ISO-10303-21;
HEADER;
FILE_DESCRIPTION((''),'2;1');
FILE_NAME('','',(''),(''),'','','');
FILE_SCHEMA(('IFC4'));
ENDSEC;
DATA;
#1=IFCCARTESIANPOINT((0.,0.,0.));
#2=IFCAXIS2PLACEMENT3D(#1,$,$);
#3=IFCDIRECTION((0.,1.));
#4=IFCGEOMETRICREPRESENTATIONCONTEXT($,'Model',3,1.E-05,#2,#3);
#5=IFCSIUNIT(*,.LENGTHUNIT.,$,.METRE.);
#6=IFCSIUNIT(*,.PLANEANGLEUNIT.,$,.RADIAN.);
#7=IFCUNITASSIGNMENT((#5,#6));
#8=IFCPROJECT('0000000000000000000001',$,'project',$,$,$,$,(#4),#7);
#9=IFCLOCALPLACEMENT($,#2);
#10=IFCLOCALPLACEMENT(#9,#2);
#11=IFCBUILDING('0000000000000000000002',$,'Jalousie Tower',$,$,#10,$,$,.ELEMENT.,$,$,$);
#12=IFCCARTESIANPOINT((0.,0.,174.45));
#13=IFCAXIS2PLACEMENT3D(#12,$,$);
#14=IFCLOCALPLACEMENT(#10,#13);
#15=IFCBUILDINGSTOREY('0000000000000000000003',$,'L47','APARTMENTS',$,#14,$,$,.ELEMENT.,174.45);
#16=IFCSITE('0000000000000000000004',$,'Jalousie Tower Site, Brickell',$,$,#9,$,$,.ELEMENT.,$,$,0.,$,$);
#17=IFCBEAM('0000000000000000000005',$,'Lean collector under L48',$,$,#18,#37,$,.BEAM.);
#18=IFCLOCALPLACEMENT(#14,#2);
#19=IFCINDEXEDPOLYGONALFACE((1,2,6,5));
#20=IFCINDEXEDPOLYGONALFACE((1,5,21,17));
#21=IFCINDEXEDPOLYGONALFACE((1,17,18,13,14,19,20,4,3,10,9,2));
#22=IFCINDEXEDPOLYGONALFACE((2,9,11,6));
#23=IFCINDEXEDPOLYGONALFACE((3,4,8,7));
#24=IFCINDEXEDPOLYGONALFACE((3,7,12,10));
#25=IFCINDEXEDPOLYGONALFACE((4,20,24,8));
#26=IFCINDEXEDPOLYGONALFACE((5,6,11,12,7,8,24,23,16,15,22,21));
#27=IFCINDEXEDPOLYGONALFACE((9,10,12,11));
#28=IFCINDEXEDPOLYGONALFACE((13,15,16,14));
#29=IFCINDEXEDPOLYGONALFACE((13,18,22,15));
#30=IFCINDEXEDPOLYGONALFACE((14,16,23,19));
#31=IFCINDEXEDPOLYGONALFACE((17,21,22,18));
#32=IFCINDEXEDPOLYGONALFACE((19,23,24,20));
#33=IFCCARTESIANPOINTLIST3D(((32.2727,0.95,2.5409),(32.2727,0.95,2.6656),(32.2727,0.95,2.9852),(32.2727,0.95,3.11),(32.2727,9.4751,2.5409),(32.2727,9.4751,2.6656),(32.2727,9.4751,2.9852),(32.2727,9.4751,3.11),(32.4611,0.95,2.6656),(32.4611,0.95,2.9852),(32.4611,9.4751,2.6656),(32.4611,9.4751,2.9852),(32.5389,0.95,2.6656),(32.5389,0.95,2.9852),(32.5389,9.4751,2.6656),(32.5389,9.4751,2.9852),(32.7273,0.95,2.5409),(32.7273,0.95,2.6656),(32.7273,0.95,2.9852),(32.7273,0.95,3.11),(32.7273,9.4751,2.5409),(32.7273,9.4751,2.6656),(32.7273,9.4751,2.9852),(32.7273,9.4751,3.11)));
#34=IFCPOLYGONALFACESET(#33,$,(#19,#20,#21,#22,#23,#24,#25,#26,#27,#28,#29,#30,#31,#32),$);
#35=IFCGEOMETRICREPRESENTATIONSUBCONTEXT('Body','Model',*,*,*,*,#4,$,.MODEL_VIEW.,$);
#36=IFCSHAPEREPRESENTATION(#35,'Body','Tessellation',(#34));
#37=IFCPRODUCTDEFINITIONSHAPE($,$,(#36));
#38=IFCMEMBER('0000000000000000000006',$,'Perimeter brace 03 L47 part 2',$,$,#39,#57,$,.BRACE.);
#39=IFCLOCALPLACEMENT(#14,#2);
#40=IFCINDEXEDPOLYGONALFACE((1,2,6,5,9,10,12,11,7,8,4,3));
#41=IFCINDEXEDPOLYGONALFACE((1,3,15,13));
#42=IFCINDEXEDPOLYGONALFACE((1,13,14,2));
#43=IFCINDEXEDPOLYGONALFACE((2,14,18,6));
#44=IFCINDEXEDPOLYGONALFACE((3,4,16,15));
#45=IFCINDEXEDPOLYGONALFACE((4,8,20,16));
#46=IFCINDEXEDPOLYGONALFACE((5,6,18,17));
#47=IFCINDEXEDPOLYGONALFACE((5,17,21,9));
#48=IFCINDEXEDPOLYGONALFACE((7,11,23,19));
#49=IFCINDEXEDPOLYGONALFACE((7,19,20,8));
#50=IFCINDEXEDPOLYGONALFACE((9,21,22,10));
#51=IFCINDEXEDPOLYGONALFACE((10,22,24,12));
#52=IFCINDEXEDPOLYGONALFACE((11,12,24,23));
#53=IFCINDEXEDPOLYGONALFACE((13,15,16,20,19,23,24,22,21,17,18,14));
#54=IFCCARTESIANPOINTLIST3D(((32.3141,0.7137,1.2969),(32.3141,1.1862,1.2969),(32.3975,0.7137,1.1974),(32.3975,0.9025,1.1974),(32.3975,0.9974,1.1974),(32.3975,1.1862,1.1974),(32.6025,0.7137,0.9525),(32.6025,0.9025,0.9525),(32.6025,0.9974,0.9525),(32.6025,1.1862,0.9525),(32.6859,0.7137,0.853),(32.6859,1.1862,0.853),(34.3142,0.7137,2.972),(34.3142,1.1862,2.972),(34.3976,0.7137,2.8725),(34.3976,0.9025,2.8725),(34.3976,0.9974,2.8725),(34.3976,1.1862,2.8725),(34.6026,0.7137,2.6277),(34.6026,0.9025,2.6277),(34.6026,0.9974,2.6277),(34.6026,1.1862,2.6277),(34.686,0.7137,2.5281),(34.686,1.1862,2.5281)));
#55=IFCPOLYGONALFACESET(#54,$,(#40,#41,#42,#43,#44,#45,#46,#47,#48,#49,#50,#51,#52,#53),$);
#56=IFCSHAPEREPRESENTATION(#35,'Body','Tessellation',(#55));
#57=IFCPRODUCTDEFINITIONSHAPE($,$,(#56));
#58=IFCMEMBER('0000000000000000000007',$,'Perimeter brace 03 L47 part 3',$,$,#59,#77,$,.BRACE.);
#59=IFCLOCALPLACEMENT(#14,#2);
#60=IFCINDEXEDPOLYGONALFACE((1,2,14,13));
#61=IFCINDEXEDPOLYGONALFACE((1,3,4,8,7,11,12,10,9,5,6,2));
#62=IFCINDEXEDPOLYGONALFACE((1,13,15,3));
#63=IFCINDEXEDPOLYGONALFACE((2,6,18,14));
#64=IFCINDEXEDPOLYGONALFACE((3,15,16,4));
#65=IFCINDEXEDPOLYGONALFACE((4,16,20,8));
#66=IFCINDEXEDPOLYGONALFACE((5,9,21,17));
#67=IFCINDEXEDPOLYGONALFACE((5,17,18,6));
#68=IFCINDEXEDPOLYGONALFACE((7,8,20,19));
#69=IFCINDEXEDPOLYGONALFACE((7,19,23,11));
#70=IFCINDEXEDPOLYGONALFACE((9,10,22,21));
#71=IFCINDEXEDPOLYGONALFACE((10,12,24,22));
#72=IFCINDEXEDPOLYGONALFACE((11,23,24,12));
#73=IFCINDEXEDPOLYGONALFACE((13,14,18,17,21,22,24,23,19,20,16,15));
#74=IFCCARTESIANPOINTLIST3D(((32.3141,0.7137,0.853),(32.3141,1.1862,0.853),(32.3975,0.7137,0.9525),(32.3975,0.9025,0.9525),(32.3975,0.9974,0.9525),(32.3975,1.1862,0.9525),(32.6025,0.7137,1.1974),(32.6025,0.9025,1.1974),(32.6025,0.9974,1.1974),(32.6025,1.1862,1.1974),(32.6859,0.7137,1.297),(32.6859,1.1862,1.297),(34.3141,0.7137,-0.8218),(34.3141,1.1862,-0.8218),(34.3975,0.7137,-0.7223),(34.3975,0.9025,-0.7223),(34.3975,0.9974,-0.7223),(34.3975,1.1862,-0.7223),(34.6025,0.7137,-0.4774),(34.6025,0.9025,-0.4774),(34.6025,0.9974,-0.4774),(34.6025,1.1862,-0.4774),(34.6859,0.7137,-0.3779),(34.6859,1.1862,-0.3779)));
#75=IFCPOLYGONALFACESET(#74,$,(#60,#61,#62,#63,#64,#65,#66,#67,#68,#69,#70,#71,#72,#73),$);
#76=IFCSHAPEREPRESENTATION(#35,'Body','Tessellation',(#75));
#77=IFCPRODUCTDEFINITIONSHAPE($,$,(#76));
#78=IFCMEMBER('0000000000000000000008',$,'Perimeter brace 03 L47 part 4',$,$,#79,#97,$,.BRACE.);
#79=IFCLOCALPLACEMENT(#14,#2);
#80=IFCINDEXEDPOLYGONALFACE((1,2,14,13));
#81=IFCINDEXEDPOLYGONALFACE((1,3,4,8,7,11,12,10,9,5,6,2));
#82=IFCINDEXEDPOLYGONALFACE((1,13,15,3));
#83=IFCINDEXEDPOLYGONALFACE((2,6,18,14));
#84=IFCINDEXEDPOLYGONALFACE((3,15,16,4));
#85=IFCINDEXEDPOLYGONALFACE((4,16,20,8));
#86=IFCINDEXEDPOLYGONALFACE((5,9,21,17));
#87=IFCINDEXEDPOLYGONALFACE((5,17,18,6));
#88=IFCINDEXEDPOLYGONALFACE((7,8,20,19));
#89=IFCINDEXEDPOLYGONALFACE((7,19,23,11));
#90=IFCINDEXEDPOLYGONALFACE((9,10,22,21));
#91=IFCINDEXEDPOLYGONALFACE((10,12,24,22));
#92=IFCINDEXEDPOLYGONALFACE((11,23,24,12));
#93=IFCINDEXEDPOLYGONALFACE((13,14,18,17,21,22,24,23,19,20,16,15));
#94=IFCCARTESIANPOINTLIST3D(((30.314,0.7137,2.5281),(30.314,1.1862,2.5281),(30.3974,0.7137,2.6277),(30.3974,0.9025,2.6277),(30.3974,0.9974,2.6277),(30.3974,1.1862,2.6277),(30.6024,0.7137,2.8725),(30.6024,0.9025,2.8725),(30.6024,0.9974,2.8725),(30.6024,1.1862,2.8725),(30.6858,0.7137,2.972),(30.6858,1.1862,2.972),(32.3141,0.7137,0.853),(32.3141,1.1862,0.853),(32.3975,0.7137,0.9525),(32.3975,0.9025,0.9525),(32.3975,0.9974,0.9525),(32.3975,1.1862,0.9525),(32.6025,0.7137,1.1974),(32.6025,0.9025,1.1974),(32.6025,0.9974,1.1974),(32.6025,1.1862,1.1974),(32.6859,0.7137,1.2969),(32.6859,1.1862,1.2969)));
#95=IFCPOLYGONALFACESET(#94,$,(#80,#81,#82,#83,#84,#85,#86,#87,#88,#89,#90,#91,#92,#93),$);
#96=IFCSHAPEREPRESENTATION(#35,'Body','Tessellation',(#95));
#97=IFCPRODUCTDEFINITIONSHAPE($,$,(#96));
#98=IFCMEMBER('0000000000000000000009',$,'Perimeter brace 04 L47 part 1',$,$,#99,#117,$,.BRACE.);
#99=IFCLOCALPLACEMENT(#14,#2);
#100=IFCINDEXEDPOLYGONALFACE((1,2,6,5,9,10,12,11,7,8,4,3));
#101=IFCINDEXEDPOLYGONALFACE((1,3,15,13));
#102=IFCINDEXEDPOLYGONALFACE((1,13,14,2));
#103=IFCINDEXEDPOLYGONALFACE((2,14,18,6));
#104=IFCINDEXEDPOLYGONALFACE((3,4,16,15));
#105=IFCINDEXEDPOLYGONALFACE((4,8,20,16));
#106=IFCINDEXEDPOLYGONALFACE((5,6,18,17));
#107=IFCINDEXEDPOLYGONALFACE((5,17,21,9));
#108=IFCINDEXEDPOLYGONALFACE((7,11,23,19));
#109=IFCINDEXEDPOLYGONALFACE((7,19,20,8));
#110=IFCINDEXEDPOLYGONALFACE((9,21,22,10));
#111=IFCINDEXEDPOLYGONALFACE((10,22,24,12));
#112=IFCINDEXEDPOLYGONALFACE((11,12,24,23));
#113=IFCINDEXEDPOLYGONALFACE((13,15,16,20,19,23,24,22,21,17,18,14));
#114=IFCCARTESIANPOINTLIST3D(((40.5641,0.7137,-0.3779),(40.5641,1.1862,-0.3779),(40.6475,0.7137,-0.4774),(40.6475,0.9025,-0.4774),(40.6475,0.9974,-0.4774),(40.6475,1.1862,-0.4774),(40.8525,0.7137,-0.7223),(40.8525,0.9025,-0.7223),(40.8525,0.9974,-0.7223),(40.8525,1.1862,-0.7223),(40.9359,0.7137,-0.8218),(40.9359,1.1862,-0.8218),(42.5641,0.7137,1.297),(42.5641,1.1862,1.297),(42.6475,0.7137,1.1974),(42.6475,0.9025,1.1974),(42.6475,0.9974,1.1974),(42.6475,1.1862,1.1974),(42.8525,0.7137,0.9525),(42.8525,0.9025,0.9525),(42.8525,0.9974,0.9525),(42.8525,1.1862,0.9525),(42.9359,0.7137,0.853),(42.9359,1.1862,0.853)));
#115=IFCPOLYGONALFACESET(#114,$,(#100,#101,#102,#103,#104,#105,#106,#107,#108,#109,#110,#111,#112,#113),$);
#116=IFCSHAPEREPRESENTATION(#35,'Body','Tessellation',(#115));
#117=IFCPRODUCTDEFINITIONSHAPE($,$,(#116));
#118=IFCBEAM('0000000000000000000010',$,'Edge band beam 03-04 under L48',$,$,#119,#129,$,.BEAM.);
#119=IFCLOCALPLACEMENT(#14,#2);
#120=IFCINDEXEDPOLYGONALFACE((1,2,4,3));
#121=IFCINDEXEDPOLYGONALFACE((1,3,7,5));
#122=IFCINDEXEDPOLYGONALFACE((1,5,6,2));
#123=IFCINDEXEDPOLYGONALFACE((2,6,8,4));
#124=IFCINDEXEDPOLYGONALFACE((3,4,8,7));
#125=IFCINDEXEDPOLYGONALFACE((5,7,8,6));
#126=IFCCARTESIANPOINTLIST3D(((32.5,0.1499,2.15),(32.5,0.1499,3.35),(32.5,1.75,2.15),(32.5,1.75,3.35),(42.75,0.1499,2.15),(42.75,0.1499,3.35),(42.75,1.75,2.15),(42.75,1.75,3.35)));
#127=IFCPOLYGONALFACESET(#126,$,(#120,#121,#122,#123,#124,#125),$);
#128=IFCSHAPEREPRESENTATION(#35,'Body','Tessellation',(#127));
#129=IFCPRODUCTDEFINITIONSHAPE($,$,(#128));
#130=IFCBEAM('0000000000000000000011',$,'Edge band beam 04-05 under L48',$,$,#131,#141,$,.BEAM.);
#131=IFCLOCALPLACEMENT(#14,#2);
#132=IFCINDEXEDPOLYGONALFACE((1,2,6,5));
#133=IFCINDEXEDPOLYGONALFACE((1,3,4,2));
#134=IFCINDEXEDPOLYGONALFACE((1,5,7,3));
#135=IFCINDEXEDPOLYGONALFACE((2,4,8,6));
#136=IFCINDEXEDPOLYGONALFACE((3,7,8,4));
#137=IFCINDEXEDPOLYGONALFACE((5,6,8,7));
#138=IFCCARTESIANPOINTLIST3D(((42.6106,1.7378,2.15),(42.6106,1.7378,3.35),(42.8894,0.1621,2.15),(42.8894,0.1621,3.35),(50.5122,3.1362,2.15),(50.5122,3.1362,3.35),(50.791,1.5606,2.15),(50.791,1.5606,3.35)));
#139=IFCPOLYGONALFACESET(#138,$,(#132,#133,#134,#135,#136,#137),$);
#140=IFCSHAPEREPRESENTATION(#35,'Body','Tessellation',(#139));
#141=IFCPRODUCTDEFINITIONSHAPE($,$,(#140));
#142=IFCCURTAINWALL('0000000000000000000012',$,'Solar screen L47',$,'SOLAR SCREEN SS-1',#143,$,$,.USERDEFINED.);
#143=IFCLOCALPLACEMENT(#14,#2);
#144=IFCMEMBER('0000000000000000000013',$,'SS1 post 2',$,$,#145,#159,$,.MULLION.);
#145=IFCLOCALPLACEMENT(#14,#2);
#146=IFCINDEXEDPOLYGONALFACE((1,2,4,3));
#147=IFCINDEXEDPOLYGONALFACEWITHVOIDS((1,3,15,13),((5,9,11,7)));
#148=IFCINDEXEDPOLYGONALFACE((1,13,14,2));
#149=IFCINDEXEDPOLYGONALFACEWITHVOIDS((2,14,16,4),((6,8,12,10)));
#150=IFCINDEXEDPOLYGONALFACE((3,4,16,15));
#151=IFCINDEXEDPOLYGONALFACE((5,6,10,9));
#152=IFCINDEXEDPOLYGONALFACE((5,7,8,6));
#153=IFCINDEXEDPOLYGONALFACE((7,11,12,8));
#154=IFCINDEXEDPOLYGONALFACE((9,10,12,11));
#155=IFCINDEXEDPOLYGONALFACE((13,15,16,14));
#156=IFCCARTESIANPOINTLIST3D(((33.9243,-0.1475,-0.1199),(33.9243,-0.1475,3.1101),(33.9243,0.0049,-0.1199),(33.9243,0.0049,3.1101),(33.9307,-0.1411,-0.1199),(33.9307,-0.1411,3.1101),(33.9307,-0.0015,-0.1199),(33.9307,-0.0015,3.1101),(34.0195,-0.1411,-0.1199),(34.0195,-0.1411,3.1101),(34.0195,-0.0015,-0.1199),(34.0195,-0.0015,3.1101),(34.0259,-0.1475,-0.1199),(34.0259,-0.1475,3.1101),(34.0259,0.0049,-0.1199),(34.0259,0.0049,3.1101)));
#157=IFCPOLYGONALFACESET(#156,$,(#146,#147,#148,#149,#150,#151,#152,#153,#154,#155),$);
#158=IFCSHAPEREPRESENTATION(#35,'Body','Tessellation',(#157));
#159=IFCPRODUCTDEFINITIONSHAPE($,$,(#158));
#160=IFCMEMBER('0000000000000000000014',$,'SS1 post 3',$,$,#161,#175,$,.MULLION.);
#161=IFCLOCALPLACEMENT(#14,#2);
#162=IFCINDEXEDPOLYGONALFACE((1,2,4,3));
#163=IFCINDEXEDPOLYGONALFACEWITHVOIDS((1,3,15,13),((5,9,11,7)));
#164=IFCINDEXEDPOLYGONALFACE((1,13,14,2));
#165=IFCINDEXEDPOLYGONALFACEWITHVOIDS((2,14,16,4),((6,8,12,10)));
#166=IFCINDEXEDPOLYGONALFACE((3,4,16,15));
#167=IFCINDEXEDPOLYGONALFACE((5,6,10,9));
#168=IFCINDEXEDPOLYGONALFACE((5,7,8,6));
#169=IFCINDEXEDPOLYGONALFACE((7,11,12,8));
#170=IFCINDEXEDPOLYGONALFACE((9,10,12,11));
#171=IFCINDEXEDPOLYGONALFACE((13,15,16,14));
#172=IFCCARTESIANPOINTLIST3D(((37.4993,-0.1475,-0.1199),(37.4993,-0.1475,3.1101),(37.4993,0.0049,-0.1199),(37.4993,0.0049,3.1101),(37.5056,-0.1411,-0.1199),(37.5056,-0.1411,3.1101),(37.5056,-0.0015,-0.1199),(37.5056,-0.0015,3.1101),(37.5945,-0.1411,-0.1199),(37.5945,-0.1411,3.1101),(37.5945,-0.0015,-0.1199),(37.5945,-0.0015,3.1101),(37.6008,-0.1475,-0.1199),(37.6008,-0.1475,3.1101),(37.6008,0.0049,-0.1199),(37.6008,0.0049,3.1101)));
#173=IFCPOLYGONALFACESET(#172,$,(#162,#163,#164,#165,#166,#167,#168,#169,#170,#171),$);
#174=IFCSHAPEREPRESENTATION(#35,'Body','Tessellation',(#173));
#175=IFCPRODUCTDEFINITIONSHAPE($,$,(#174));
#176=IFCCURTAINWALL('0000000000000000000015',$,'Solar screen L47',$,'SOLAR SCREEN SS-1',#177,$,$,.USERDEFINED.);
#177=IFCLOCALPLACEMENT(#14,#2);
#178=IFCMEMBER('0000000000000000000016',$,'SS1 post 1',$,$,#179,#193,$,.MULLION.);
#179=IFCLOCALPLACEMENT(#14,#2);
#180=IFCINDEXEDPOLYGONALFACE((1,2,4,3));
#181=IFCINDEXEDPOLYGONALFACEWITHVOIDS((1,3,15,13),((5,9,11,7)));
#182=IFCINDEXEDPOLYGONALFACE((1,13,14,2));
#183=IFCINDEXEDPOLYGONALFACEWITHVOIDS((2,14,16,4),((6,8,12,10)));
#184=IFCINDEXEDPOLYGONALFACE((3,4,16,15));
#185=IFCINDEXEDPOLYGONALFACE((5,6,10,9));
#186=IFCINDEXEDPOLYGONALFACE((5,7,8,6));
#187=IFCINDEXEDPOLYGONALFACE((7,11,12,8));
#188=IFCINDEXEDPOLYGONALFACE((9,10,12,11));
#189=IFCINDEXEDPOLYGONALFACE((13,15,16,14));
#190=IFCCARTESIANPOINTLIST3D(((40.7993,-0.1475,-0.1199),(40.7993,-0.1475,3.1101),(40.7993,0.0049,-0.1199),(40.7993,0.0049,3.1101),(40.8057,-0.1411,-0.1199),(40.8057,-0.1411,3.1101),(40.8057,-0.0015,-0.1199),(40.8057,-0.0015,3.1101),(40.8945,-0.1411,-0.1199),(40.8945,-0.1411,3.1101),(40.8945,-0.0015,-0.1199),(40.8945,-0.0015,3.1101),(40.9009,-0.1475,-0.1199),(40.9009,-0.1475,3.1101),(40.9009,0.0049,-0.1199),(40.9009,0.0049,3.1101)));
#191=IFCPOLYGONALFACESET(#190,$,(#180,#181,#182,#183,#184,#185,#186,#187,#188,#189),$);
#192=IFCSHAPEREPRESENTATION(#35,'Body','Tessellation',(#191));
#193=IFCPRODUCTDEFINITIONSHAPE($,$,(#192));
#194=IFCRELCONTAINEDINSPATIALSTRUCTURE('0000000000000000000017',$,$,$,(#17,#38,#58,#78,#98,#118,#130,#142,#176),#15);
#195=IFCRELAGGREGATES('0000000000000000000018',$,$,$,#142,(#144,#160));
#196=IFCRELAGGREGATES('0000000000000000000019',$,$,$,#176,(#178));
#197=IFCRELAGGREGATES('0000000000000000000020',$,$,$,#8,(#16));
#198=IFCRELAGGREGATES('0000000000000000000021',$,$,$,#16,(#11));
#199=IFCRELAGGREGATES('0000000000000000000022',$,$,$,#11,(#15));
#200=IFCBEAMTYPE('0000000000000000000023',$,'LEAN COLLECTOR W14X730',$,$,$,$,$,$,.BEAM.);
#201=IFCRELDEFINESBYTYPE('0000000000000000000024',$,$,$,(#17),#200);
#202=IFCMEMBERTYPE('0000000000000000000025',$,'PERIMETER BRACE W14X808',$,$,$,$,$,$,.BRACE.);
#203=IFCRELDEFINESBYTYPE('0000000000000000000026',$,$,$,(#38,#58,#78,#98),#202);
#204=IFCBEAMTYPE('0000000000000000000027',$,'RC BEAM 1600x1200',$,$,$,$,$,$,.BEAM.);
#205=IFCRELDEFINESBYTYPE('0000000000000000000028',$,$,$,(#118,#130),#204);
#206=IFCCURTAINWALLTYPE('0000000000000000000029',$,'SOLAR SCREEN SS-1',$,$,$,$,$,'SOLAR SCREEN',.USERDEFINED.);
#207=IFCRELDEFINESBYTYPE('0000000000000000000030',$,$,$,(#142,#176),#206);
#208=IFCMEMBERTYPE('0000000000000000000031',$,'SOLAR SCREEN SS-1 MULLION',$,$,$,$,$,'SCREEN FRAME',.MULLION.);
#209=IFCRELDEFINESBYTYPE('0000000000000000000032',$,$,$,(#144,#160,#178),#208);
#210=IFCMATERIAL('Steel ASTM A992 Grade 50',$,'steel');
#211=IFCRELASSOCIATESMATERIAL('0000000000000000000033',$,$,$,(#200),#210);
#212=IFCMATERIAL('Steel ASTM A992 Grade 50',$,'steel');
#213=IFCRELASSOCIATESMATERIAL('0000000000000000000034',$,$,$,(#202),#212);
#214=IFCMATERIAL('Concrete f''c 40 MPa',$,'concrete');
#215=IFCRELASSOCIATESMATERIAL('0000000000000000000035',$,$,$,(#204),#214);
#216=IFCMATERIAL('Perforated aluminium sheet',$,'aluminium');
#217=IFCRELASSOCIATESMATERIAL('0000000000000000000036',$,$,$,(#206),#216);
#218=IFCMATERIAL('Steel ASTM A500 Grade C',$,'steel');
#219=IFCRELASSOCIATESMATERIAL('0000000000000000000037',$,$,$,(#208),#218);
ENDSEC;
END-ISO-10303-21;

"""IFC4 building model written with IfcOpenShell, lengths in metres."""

from ifc_helpers import new_model, si_unit, direction, frame, origin, origin_2d, place, context, subcontext, project, spatial, rectangle, hollow_rectangle, i_section, extrude, material, material_profile, profile_set, type_object, element, aggregate, save


model = new_model("IFC4")

# Units and contexts
model_context = context("Model", 3, precision=1e-05, world=origin(), true_north=direction((0.0, 1.0)))
body_context = subcontext(model_context, "Body", "Model", "MODEL_VIEW")
ifc_project = project(units=[si_unit("LENGTHUNIT", "METRE"), si_unit("PLANEANGLEUNIT", "RADIAN")], contexts=[model_context])

# Site, building, storey
site_placement = place(None, origin())
site = spatial("IfcSite", under=ifc_project, at=site_placement, Name="Jalousie Tower Site, Brickell", CompositionType="ELEMENT", RefElevation=0.0)
building_placement = place(site_placement, origin())
building = spatial("IfcBuilding", under=site, at=building_placement, Name="Jalousie Tower", CompositionType="ELEMENT")
storey_placement = place(building_placement, frame((0.0, 0.0, 174.45)))
storey = spatial("IfcBuildingStorey", under=building, at=storey_placement, Name="L47", Description="APARTMENTS", CompositionType="ELEMENT", Elevation=174.45)

# Beam
ifc_material_1 = material(Name="Steel ASTM A992 Grade 50", Category="steel")
ifc_material_profile_1 = material_profile(ifc_material_1, i_section(OverallWidth=0.4546, OverallDepth=0.5691, WebThickness=0.0779, FlangeThickness=0.1248, at=origin_2d()), Name="W14X730")
ifc_profile_set_1 = profile_set([ifc_material_profile_1], Name="Steel ASTM A992 Grade 50")
beam_type_1 = type_object("IfcBeamType", Name="LEAN COLLECTOR W14X730", PredefinedType="BEAM", material=ifc_profile_set_1)
beam_1_placement = place(storey_placement, frame((32.5, 0.95, 2.8254), z_axis=(0.0, 1.0, 0.0), x_axis=(-1.0, 0.0, 0.0)))
element("IfcBeam", 1, at=beam_1_placement, inside=storey, type_object=beam_type_1, Name="Lean collector under L48", PredefinedType="BEAM", context=body_context, shape_type="SweptSolid", body=[
    extrude(i_section(OverallWidth=0.4546, OverallDepth=0.5691, WebThickness=0.0779, FlangeThickness=0.1248, at=origin_2d()), origin(), (0.0, 0.0, 1.0), 8.5251),
])

# Members
ifc_material_2 = material(Name="Steel ASTM A992 Grade 50", Category="steel")
ifc_material_profile_2 = material_profile(ifc_material_2, i_section(OverallWidth=0.4724, OverallDepth=0.5791, WebThickness=0.095, FlangeThickness=0.1299, at=origin_2d()), Name="W14X808")
ifc_profile_set_2 = profile_set([ifc_material_profile_2], Name="Steel ASTM A992 Grade 50")
member_type_1 = type_object("IfcMemberType", Name="PERIMETER BRACE W14X808", PredefinedType="BRACE", material=ifc_profile_set_2)
member_1_placement = place(storey_placement, frame((32.5, 0.95, 1.075), z_axis=(0.766639, 0.0, 0.642079), x_axis=(0.0, 1.0, 0.0)))
element("IfcMember", 2, at=member_1_placement, inside=storey, type_object=member_type_1, Name="Perimeter brace 03 L47 part 2", PredefinedType="BRACE", context=body_context, shape_type="SweptSolid", body=[
    extrude(i_section(OverallWidth=0.4724, OverallDepth=0.5791, WebThickness=0.095, FlangeThickness=0.1299, at=origin_2d()), origin(), (0.0, 0.0, 1.0), 2.6089),
])
member_2_placement = place(storey_placement, frame((34.5, 0.95, -0.5999), z_axis=(-0.766685, 0.0, 0.642024), x_axis=(0.0, -1.0, 0.0)))
element("IfcMember", 3, at=member_2_placement, inside=storey, type_object=member_type_1, Name="Perimeter brace 03 L47 part 3", PredefinedType="BRACE", context=body_context, shape_type="SweptSolid", body=[
    extrude(i_section(OverallWidth=0.4724, OverallDepth=0.5791, WebThickness=0.095, FlangeThickness=0.1299, at=origin_2d()), origin(), (0.0, 0.0, 1.0), 2.6086),
])
member_3_placement = place(storey_placement, frame((32.5, 0.95, 1.075), z_axis=(-0.766639, 0.0, 0.642079), x_axis=(0.0, -1.0, 0.0)))
element("IfcMember", 4, at=member_3_placement, inside=storey, type_object=member_type_1, Name="Perimeter brace 03 L47 part 4", PredefinedType="BRACE", context=body_context, shape_type="SweptSolid", body=[
    extrude(i_section(OverallWidth=0.4724, OverallDepth=0.5791, WebThickness=0.095, FlangeThickness=0.1299, at=origin_2d()), origin(), (0.0, 0.0, 1.0), 2.6089),
])
member_4_placement = place(storey_placement, frame((40.75, 0.95, -0.5999), z_axis=(0.766685, 0.0, 0.642024), x_axis=(0.0, 1.0, 0.0)))
element("IfcMember", 5, at=member_4_placement, inside=storey, type_object=member_type_1, Name="Perimeter brace 04 L47 part 1", PredefinedType="BRACE", context=body_context, shape_type="SweptSolid", body=[
    extrude(i_section(OverallWidth=0.4724, OverallDepth=0.5791, WebThickness=0.095, FlangeThickness=0.1299, at=origin_2d()), origin(), (0.0, 0.0, 1.0), 2.6086),
])

# Beams
ifc_material_3 = material(Name="Concrete f'c 40 MPa", Category="concrete")
ifc_material_profile_3 = material_profile(ifc_material_3, rectangle(XDim=1.6001, YDim=1.2, at=origin_2d()), Name="RC 1600x1200")
ifc_profile_set_3 = profile_set([ifc_material_profile_3], Name="Concrete f'c 40 MPa")
beam_type_2 = type_object("IfcBeamType", Name="RC BEAM 1600x1200", PredefinedType="BEAM", material=ifc_profile_set_3)
beam_2_placement = place(storey_placement, frame((32.5, 0.95, 2.75), z_axis=(1.0, 0.0, 0.0), x_axis=(0.0, 1.0, 0.0)))
element("IfcBeam", 6, at=beam_2_placement, inside=storey, type_object=beam_type_2, Name="Edge band beam 03-04 under L48", PredefinedType="BEAM", context=body_context, shape_type="SweptSolid", body=[
    extrude(rectangle(XDim=1.6001, YDim=1.2, at=origin_2d()), origin(), (0.0, 0.0, 1.0), 10.25),
])
beam_3_placement = place(storey_placement, frame((42.75, 0.95, 2.75), z_axis=(0.984697, 0.174273, 0.0), x_axis=(-0.174273, 0.984697, 0.0)))
element("IfcBeam", 7, at=beam_3_placement, inside=storey, type_object=beam_type_2, Name="Edge band beam 04-05 under L48", PredefinedType="BEAM", context=body_context, shape_type="SweptSolid", body=[
    extrude(rectangle(XDim=1.6001, YDim=1.2, at=origin_2d()), origin(), (0.0, 0.0, 1.0), 8.0244),
])

# Curtain walls, members
ifc_material_4 = material(Name="Perforated aluminium sheet", Category="aluminium")
curtain_wall_type = type_object("IfcCurtainWallType", Name="SOLAR SCREEN SS-1", ElementType="SOLAR SCREEN", PredefinedType="USERDEFINED", material=ifc_material_4)
curtain_wall_1_placement = place(storey_placement, origin())
curtain_wall_1 = element("IfcCurtainWall", 8, at=curtain_wall_1_placement, inside=storey, type_object=curtain_wall_type, Name="Solar screen L47", ObjectType="SOLAR SCREEN SS-1", PredefinedType="USERDEFINED")
ifc_material_5 = material(Name="Steel ASTM A500 Grade C", Category="steel")
ifc_material_profile_4 = material_profile(ifc_material_5, hollow_rectangle(XDim=0.1016, YDim=0.1523, WallThickness=0.0063, at=origin_2d()), Name="HSS6X4X1/4")
ifc_profile_set_4 = profile_set([ifc_material_profile_4], Name="Steel ASTM A500 Grade C")
member_type_2 = type_object("IfcMemberType", Name="SOLAR SCREEN SS-1 MULLION", ElementType="SCREEN FRAME", PredefinedType="MULLION", material=ifc_profile_set_4)
member_5_placement = place(storey_placement, frame((33.9751, -0.0713, -0.1199), z_axis=(0.0, 0.0, 1.0), x_axis=(1.0, 0.0, 0.0)))
member_5 = element("IfcMember", 9, at=member_5_placement, type_object=member_type_2, Name="SS1 post 2", PredefinedType="MULLION", context=body_context, shape_type="SweptSolid", body=[
    extrude(hollow_rectangle(XDim=0.1016, YDim=0.1523, WallThickness=0.0063, at=origin_2d()), origin(), (0.0, 0.0, 1.0), 3.23),
])
member_6_placement = place(storey_placement, frame((37.55, -0.0713, -0.1199), z_axis=(0.0, 0.0, 1.0), x_axis=(1.0, 0.0, 0.0)))
member_6 = element("IfcMember", 10, at=member_6_placement, type_object=member_type_2, Name="SS1 post 3", PredefinedType="MULLION", context=body_context, shape_type="SweptSolid", body=[
    extrude(hollow_rectangle(XDim=0.1016, YDim=0.1523, WallThickness=0.0063, at=origin_2d()), origin(), (0.0, 0.0, 1.0), 3.23),
])
curtain_wall_2_placement = place(storey_placement, origin())
curtain_wall_2 = element("IfcCurtainWall", 11, at=curtain_wall_2_placement, inside=storey, type_object=curtain_wall_type, Name="Solar screen L47", ObjectType="SOLAR SCREEN SS-1", PredefinedType="USERDEFINED")
member_7_placement = place(storey_placement, frame((40.8501, -0.0713, -0.1199), z_axis=(0.0, 0.0, 1.0), x_axis=(1.0, 0.0, 0.0)))
member_7 = element("IfcMember", 12, at=member_7_placement, type_object=member_type_2, Name="SS1 post 1", PredefinedType="MULLION", context=body_context, shape_type="SweptSolid", body=[
    extrude(hollow_rectangle(XDim=0.1016, YDim=0.1523, WallThickness=0.0063, at=origin_2d()), origin(), (0.0, 0.0, 1.0), 3.23),
])

aggregate(curtain_wall_1, [member_5, member_6])
aggregate(curtain_wall_2, [member_7])

save(model, "model.ifc")
